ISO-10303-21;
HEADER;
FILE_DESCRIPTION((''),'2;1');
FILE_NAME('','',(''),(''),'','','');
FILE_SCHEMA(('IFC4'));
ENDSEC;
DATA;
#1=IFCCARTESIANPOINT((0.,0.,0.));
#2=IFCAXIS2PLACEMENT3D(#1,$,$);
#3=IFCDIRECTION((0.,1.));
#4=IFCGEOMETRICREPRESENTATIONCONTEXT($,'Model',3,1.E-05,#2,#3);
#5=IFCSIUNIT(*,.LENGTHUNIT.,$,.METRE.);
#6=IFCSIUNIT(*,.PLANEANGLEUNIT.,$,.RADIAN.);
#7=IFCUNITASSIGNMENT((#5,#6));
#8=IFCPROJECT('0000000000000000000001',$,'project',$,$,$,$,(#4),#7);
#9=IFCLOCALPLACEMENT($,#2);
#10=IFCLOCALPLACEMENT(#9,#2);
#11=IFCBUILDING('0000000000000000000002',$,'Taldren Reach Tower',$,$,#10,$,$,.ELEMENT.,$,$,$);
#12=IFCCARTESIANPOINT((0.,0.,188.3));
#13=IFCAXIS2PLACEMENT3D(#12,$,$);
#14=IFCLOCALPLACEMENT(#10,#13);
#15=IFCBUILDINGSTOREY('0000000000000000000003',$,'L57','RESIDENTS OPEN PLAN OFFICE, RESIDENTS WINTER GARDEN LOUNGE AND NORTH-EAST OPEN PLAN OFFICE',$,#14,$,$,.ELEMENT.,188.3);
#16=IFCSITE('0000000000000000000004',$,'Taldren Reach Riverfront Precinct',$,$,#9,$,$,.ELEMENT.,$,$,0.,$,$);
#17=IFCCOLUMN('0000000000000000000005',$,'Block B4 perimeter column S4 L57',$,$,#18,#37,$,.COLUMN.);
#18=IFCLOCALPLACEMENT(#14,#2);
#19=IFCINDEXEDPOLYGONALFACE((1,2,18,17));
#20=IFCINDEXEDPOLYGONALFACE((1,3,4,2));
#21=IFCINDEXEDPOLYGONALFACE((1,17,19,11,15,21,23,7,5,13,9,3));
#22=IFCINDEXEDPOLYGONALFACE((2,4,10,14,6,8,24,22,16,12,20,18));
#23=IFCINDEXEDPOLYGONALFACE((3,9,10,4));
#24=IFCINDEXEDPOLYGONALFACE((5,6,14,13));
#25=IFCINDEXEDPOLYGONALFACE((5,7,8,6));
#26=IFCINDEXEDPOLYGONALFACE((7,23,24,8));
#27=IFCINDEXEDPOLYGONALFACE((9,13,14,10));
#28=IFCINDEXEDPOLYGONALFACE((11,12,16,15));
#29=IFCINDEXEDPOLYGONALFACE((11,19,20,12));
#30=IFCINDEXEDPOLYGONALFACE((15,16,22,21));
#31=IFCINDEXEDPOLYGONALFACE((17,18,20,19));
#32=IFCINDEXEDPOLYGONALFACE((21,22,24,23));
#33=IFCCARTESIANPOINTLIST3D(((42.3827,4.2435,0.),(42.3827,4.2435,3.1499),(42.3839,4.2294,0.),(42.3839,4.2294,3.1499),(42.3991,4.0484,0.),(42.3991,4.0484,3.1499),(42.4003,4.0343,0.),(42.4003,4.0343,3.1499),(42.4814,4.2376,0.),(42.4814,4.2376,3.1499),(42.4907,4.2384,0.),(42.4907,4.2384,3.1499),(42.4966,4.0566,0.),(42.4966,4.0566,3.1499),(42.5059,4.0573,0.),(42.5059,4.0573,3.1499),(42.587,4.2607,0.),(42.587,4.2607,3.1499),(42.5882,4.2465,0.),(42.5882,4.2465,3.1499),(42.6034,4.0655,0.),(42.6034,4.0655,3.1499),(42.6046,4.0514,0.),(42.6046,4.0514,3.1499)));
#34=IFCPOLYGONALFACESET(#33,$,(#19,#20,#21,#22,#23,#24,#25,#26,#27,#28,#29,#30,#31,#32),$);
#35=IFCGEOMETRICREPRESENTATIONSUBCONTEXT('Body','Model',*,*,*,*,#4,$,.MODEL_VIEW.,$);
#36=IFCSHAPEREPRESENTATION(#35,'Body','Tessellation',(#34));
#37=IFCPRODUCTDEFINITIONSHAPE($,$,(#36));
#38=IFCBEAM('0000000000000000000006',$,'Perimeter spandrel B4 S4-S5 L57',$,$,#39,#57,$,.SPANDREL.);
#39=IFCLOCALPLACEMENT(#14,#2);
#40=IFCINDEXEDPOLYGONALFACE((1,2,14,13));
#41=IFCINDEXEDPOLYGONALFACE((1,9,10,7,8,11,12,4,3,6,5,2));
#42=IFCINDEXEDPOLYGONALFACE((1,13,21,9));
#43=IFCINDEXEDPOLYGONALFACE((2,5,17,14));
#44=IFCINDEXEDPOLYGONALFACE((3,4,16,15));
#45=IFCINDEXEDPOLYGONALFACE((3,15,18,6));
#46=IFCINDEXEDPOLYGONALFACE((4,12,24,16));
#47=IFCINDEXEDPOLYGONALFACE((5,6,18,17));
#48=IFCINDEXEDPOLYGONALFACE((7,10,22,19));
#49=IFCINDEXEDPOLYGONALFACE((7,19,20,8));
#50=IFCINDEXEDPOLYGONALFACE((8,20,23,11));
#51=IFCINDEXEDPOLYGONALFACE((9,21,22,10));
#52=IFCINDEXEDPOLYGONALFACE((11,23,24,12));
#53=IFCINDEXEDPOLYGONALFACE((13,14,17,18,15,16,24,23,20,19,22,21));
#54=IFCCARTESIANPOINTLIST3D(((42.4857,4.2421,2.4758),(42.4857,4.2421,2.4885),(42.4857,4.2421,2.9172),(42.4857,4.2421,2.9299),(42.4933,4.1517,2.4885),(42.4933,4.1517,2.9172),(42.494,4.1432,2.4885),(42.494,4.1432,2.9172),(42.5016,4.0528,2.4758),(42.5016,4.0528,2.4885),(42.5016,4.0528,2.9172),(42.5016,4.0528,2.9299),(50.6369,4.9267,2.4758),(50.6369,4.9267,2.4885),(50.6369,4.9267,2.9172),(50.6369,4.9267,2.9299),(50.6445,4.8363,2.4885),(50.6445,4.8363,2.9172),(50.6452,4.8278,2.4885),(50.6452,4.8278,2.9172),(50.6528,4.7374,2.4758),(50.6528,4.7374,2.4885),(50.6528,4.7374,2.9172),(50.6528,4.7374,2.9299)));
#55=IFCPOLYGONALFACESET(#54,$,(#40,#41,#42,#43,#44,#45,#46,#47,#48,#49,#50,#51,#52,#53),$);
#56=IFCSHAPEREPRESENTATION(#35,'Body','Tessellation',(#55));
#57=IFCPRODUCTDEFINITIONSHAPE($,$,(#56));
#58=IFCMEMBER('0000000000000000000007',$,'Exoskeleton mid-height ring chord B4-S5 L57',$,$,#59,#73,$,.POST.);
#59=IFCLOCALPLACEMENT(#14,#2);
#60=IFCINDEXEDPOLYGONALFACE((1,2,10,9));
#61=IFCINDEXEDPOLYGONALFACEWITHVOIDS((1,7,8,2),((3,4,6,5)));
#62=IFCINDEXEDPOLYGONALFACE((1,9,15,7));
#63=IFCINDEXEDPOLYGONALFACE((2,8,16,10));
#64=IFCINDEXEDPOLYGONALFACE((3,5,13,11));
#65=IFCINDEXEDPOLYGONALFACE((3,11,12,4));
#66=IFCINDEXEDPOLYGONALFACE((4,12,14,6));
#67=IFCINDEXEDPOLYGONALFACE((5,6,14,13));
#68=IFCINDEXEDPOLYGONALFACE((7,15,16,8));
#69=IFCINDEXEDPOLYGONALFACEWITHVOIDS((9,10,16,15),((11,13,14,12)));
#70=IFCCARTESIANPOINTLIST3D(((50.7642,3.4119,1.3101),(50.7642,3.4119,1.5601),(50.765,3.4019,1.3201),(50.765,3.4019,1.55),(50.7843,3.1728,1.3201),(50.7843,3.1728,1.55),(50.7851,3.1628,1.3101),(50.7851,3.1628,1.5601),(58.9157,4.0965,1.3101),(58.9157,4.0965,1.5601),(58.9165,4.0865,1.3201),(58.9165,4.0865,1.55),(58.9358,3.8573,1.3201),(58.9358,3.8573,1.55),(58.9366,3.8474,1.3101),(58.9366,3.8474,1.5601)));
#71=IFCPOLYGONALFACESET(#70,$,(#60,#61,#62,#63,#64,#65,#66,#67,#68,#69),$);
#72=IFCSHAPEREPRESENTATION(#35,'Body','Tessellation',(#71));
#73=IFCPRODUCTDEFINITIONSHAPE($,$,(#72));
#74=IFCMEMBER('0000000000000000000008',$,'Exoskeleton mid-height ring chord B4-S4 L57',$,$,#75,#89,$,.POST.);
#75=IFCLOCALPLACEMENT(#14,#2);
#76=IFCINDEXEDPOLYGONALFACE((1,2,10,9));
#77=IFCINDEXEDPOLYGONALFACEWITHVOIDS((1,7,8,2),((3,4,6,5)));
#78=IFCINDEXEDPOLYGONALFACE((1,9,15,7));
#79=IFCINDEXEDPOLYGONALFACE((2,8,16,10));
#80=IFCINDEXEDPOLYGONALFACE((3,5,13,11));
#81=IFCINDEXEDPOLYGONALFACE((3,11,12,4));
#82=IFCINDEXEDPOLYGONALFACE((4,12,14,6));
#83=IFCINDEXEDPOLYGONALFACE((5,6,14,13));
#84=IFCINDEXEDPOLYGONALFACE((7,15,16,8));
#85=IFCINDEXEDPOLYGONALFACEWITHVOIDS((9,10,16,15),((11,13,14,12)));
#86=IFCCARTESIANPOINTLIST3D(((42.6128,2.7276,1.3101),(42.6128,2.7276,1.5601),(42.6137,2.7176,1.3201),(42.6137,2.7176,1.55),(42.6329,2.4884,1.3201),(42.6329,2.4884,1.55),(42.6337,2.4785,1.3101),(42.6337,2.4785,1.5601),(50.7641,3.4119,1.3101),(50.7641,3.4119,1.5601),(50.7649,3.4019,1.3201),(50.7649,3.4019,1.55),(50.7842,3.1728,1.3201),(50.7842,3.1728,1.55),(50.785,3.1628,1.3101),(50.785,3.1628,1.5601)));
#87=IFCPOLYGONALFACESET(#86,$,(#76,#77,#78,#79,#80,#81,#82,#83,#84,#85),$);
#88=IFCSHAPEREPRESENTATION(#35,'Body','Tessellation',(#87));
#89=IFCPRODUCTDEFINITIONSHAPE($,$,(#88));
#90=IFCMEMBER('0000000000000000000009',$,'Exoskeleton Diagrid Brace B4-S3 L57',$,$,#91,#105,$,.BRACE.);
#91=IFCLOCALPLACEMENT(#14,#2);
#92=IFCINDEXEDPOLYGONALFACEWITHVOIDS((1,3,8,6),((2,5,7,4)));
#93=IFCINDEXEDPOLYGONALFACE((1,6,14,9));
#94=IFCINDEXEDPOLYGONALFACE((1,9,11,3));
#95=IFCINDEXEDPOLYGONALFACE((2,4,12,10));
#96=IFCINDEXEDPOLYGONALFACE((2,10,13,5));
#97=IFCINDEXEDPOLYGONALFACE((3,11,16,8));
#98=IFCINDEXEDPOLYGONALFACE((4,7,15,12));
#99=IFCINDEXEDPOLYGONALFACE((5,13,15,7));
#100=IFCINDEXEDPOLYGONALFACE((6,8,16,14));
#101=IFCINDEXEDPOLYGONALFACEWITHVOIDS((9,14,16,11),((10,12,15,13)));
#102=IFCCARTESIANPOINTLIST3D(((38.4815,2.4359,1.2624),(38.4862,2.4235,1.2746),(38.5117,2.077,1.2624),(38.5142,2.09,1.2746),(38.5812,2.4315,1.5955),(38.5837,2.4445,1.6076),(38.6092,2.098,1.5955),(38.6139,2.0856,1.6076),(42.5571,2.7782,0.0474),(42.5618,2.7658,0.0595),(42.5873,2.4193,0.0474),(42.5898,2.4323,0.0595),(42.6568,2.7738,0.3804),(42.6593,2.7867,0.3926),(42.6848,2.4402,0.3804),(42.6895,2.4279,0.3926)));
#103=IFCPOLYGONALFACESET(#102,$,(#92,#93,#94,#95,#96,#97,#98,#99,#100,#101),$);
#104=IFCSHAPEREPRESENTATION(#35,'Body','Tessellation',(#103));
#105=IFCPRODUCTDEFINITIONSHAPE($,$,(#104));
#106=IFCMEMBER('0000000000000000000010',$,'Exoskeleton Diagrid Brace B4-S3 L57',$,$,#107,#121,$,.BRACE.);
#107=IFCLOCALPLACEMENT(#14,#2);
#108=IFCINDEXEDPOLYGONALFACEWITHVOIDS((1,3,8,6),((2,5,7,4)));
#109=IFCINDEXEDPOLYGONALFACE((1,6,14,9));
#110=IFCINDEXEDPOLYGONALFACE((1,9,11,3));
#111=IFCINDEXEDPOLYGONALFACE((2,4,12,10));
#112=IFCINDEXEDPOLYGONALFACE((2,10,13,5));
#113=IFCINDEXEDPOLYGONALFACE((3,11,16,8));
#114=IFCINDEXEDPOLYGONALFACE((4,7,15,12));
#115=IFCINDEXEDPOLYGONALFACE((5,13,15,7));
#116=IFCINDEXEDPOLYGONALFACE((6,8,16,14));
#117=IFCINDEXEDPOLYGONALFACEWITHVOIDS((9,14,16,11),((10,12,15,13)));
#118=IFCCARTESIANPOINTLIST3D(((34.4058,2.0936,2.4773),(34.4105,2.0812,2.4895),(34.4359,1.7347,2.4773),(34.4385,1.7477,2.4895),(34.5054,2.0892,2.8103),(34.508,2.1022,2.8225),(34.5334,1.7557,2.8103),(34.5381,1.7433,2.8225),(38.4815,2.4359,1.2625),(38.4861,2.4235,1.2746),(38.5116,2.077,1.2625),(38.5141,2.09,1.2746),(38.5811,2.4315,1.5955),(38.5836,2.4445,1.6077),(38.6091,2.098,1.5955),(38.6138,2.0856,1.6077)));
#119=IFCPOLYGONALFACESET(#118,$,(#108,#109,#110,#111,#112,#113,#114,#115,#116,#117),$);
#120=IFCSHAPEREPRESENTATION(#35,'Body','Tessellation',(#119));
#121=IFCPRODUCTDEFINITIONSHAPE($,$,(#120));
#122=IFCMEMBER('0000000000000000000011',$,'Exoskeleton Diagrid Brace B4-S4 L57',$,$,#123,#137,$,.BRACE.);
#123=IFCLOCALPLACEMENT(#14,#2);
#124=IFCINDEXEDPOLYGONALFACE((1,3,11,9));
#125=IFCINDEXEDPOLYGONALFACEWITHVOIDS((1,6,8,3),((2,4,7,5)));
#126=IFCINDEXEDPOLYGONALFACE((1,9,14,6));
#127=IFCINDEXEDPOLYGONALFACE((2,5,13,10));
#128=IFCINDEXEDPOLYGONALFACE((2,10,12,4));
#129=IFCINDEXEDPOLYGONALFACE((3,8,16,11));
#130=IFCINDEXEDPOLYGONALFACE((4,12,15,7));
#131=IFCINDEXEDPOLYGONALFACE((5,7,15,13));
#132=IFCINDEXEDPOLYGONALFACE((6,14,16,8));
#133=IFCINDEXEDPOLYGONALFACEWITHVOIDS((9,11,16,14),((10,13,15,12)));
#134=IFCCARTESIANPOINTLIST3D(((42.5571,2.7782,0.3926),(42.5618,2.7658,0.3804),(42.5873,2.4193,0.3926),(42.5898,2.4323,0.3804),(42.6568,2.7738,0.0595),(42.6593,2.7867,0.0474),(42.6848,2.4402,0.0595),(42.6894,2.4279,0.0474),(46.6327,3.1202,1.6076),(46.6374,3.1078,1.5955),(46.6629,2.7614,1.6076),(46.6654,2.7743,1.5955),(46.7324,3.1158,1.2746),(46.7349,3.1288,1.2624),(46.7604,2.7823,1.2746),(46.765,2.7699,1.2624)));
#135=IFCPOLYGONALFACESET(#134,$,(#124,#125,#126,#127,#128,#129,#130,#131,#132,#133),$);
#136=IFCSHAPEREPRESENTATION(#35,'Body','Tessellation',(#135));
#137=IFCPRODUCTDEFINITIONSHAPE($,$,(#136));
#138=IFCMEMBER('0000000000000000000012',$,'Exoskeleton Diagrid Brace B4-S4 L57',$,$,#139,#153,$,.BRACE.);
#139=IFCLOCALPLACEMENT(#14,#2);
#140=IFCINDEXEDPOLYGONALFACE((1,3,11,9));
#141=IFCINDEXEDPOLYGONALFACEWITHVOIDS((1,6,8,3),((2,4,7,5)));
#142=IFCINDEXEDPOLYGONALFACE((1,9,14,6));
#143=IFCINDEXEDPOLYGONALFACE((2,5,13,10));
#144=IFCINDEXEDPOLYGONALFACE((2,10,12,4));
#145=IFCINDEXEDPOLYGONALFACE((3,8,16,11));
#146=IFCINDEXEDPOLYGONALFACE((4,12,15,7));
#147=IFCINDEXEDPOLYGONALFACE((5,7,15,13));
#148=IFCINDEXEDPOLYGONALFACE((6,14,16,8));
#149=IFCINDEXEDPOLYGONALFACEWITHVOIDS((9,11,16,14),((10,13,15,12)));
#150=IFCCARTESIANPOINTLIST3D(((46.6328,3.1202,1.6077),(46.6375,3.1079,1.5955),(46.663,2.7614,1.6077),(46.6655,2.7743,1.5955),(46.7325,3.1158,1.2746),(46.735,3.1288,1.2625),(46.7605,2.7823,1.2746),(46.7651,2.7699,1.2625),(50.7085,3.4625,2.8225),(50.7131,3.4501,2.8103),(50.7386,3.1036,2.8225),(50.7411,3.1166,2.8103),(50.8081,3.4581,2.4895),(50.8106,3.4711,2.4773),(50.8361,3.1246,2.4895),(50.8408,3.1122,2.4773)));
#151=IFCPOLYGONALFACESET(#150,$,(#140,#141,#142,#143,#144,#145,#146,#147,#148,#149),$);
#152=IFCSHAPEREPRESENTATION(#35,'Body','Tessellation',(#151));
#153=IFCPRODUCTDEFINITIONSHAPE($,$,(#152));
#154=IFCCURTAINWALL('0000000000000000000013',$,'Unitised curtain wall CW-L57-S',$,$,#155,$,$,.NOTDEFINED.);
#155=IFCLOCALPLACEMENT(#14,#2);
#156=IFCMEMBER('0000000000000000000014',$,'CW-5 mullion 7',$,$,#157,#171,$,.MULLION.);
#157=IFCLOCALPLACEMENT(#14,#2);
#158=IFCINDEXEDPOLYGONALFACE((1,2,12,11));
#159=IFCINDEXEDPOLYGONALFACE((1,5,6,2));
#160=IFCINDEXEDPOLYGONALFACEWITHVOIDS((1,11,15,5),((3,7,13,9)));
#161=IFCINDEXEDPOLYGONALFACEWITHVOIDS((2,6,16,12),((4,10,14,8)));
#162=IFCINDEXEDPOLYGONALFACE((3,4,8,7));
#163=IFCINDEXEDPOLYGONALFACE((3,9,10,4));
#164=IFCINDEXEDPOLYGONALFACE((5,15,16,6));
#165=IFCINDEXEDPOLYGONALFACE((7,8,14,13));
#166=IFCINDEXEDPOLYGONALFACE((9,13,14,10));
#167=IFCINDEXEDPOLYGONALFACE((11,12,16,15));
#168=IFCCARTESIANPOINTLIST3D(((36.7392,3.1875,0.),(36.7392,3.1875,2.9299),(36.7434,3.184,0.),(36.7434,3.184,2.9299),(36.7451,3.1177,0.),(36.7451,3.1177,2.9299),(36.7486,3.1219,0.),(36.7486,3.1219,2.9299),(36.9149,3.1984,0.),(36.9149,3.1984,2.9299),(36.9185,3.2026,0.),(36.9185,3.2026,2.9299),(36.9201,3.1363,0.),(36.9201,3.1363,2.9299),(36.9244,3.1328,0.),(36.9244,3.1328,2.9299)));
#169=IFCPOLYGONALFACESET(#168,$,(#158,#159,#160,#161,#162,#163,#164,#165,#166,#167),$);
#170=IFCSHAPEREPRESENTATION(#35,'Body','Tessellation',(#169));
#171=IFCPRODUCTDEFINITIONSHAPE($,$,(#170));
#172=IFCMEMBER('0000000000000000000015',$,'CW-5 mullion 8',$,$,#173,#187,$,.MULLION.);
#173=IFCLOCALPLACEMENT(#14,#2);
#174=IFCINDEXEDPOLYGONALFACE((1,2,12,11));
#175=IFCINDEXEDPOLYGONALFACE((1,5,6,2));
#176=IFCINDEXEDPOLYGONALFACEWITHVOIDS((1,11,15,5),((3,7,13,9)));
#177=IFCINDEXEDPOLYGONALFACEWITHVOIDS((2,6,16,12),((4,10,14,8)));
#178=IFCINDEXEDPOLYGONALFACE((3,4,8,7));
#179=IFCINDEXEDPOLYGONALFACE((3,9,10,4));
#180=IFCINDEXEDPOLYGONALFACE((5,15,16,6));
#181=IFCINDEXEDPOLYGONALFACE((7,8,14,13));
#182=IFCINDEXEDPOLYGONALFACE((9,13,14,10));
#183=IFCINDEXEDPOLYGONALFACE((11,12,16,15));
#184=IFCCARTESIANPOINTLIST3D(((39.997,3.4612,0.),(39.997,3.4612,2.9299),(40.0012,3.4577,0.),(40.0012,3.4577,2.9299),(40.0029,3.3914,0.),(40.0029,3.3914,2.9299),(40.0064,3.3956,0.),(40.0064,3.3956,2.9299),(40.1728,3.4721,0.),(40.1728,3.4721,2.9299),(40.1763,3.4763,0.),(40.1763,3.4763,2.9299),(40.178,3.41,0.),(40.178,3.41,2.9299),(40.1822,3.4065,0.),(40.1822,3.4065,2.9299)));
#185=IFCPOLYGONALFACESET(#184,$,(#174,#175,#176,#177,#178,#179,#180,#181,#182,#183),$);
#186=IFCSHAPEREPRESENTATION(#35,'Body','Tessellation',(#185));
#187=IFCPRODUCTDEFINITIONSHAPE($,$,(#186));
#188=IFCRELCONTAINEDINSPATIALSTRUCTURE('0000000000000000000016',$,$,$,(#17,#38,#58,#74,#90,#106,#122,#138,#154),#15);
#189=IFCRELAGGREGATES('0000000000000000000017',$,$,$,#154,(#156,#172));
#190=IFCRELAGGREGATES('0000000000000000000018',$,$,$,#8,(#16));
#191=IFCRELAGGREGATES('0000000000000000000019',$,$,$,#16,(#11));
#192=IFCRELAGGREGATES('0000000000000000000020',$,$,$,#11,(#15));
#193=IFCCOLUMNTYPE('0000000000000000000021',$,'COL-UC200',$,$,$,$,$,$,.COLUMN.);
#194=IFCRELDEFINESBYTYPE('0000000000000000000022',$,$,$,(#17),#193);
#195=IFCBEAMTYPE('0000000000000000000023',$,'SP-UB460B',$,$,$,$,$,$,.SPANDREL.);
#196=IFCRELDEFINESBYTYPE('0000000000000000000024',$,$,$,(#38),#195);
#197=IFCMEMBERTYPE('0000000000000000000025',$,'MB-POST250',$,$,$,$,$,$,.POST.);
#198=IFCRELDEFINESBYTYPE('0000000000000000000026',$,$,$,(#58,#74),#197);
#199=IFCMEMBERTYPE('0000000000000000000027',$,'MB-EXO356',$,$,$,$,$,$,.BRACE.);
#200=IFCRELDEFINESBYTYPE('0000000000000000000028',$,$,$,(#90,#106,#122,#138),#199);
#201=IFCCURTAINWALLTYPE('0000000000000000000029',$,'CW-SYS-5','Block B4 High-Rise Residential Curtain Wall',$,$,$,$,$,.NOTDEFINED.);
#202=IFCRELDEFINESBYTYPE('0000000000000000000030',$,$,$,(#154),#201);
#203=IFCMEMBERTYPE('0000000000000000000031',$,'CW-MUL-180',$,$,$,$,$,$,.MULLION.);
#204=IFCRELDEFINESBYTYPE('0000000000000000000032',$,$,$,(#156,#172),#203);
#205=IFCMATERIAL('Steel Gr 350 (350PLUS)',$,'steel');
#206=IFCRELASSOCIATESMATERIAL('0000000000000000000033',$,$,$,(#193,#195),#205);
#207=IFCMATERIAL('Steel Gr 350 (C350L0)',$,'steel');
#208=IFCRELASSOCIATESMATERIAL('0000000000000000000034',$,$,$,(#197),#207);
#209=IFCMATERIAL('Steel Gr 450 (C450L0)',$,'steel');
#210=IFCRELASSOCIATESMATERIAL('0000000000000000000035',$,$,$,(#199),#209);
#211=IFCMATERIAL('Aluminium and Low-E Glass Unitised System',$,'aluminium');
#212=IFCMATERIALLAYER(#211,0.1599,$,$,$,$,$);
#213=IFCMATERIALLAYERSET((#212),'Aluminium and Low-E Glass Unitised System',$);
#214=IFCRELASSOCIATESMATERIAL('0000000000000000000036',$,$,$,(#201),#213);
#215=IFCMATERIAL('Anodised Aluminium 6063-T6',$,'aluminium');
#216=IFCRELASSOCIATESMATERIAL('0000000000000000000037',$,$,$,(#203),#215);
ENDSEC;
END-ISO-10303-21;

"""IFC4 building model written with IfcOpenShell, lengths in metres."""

from ifc_helpers import new_model, si_unit, direction, frame, origin, origin_2d, place, context, subcontext, project, spatial, hollow_rectangle, i_section, extrude, source, transform, mapped, material, layer, layer_set, material_profile, profile_set, type_object, element, aggregate, save


model = new_model("IFC4")

# Units and contexts
model_context = context("Model", 3, precision=1e-05, world=origin(), true_north=direction((0.0, 1.0)))
body_context = subcontext(model_context, "Body", "Model", "MODEL_VIEW")
ifc_project = project(units=[si_unit("LENGTHUNIT", "METRE"), si_unit("PLANEANGLEUNIT", "RADIAN")], contexts=[model_context])

# Site, building, storey
site_placement = place(None, origin())
site = spatial("IfcSite", under=ifc_project, at=site_placement, Name="Taldren Reach Riverfront Precinct", CompositionType="ELEMENT", RefElevation=0.0)
building_placement = place(site_placement, origin())
building = spatial("IfcBuilding", under=site, at=building_placement, Name="Taldren Reach Tower", CompositionType="ELEMENT")
storey_placement = place(building_placement, frame((0.0, 0.0, 188.3)))
storey = spatial("IfcBuildingStorey", under=building, at=storey_placement, Name="L57", Description="RESIDENTS OPEN PLAN OFFICE, RESIDENTS WINTER GARDEN LOUNGE AND NORTH-EAST OPEN PLAN OFFICE", CompositionType="ELEMENT", Elevation=188.3)

# Column
ifc_material_1 = material(Name="Steel Gr 350 (350PLUS)", Category="steel")
ifc_material_profile_1 = material_profile(ifc_material_1, i_section(OverallWidth=0.2051, OverallDepth=0.21, WebThickness=0.0093, FlangeThickness=0.0142, at=origin_2d()), Name="200UC59.5")
ifc_profile_set_1 = profile_set([ifc_material_profile_1], Name="Steel Gr 350 (350PLUS)")
column_type = type_object("IfcColumnType", Name="COL-UC200", PredefinedType="COLUMN", material=ifc_profile_set_1)
shared_shape_1 = source(origin(), body_context, "Body", "SweptSolid", [
    extrude(i_section(OverallWidth=0.2051, OverallDepth=0.21, WebThickness=0.0093, FlangeThickness=0.0142, at=origin_2d()), origin(), (0.0, 0.0, 1.0), 3.1499),
])
column_placement = place(storey_placement, frame((42.4937, 4.1475, 0.0), z_axis=(0.0, 0.0, 1.0), x_axis=(0.996493, 0.083678, 0.0)))
element("IfcColumn", 1, at=column_placement, inside=storey, type_object=column_type, Name="Block B4 perimeter column S4 L57", PredefinedType="COLUMN", context=body_context, shape_type="MappedRepresentation", body=[
    mapped(shared_shape_1, transform((0.0, 0.0, 0.0), scale=1.0)),
])

# Beam
ifc_material_profile_2 = material_profile(ifc_material_1, i_section(OverallWidth=0.1899, OverallDepth=0.4541, WebThickness=0.0085, FlangeThickness=0.0127, at=origin_2d()), Name="460UB67.1")
ifc_profile_set_2 = profile_set([ifc_material_profile_2], Name="Steel Gr 350 (350PLUS)")
beam_type = type_object("IfcBeamType", Name="SP-UB460B", PredefinedType="SPANDREL", material=ifc_profile_set_2)
shared_shape_2 = source(origin(), body_context, "Body", "SweptSolid", [
    extrude(i_section(OverallWidth=0.1899, OverallDepth=0.4541, WebThickness=0.0085, FlangeThickness=0.0127, at=origin_2d()), origin(), (0.0, 0.0, 1.0), 8.1799),
])
beam_placement = place(storey_placement, frame((42.4937, 4.1475, 2.7029), z_axis=(0.996492, 0.08369, 0.0), x_axis=(-0.08369, 0.996492, 0.0)))
element("IfcBeam", 2, at=beam_placement, inside=storey, type_object=beam_type, Name="Perimeter spandrel B4 S4-S5 L57", PredefinedType="SPANDREL", context=body_context, shape_type="MappedRepresentation", body=[
    mapped(shared_shape_2, transform((0.0, 0.0, 0.0), scale=1.0)),
])

# Members
ifc_material_2 = material(Name="Steel Gr 350 (C350L0)", Category="steel")
ifc_material_profile_3 = material_profile(ifc_material_2, hollow_rectangle(XDim=0.25, YDim=0.25, WallThickness=0.01, at=origin_2d()), Name="250x250x10.0SHS")
ifc_profile_set_3 = profile_set([ifc_material_profile_3], Name="Steel Gr 350 (C350L0)")
member_type_1 = type_object("IfcMemberType", Name="MB-POST250", PredefinedType="POST", material=ifc_profile_set_3)
shared_shape_3 = source(origin(), body_context, "Body", "SweptSolid", [
    extrude(hollow_rectangle(XDim=0.25, YDim=0.25, WallThickness=0.01, at=origin_2d()), origin(), (0.0, 0.0, 1.0), 8.1802),
])
member_1_placement = place(storey_placement, frame((50.7747, 3.2874, 1.4351), z_axis=(0.996492, 0.083688, 0.0), x_axis=(-0.083688, 0.996492, 0.0)))
element("IfcMember", 3, at=member_1_placement, inside=storey, type_object=member_type_1, Name="Exoskeleton mid-height ring chord B4-S5 L57", PredefinedType="POST", context=body_context, shape_type="MappedRepresentation", body=[
    mapped(shared_shape_3, transform((0.0, 0.0, 0.0), scale=1.0)),
])
shared_shape_4 = source(origin(), body_context, "Body", "SweptSolid", [
    extrude(hollow_rectangle(XDim=0.25, YDim=0.25, WallThickness=0.01, at=origin_2d()), origin(), (0.0, 0.0, 1.0), 8.1799),
])
member_2_placement = place(storey_placement, frame((42.6233, 2.603, 1.4351), z_axis=(0.996495, 0.083658, 0.0), x_axis=(-0.083658, 0.996495, 0.0)))
element("IfcMember", 4, at=member_2_placement, inside=storey, type_object=member_type_1, Name="Exoskeleton mid-height ring chord B4-S4 L57", PredefinedType="POST", context=body_context, shape_type="MappedRepresentation", body=[
    mapped(shared_shape_4, transform((0.0, 0.0, 0.0), scale=1.0)),
])
ifc_material_3 = material(Name="Steel Gr 450 (C450L0)", Category="steel")
ifc_material_profile_4 = material_profile(ifc_material_3, hollow_rectangle(XDim=0.3601, YDim=0.3601, WallThickness=0.0127, at=origin_2d()), Name="360x360x12.7SHS")
ifc_profile_set_4 = profile_set([ifc_material_profile_4], Name="Steel Gr 450 (C450L0)")
member_type_2 = type_object("IfcMemberType", Name="MB-EXO356", PredefinedType="BRACE", material=ifc_profile_set_4)
shared_shape_5 = source(origin(), body_context, "Body", "SweptSolid", [
    extrude(hollow_rectangle(XDim=0.3601, YDim=0.3601, WallThickness=0.0127, at=origin_2d()), origin(), (0.0, 0.0, 1.0), 4.2666),
])
for number, where, z_axis, x_axis, name in (
    (5, (42.6233, 2.603, 0.22), (-0.955229, -0.080222, 0.284783), (0.083688, -0.996492, 0.0), "Exoskeleton Diagrid Brace B4-S3 L57"),
    (6, (38.5476, 2.2607, 1.4351), (-0.955245, -0.080224, 0.284731), (0.083688, -0.996492, 0.0), "Exoskeleton Diagrid Brace B4-S3 L57"),
    (7, (42.6233, 2.603, 0.22), (0.955234, 0.080165, 0.284785), (-0.083628, 0.996497, 0.0), "Exoskeleton Diagrid Brace B4-S4 L57"),
    (8, (46.699, 2.9451, 1.4351), (0.955245, 0.080224, 0.284731), (-0.083688, 0.996492, 0.0), "Exoskeleton Diagrid Brace B4-S4 L57"),
):
    element("IfcMember", number, at=place(storey_placement, frame(where, z_axis=z_axis, x_axis=x_axis)), inside=storey, type_object=member_type_2, Name=name, PredefinedType="BRACE", context=body_context, shape_type="MappedRepresentation", body=[
        mapped(shared_shape_5, transform((0.0, 0.0, 0.0), scale=1.0)),
    ])

# Curtain wall, members
ifc_material_4 = material(Name="Aluminium and Low-E Glass Unitised System", Category="aluminium")
ifc_layer_1 = layer(ifc_material_4, 0.1599)
ifc_layer_set_1 = layer_set([ifc_layer_1], Name="Aluminium and Low-E Glass Unitised System")
curtain_wall_type = type_object("IfcCurtainWallType", Name="CW-SYS-5", Description="Block B4 High-Rise Residential Curtain Wall", PredefinedType="NOTDEFINED", material=ifc_layer_set_1)
curtain_wall_placement = place(storey_placement, origin())
curtain_wall = element("IfcCurtainWall", 9, at=curtain_wall_placement, inside=storey, type_object=curtain_wall_type, Name="Unitised curtain wall CW-L57-S", PredefinedType="NOTDEFINED")
ifc_material_5 = material(Name="Anodised Aluminium 6063-T6", Category="aluminium")
ifc_material_profile_5 = material_profile(ifc_material_5, hollow_rectangle(XDim=0.0701, YDim=0.1799, WallThickness=0.0039, at=origin_2d()), Name="ALU-180x70x4RHS")
ifc_profile_set_5 = profile_set([ifc_material_profile_5], Name="Anodised Aluminium 6063-T6")
member_type_3 = type_object("IfcMemberType", Name="CW-MUL-180", PredefinedType="MULLION", material=ifc_profile_set_5)
shared_shape_6 = source(origin(), body_context, "Body", "SweptSolid", [
    extrude(hollow_rectangle(XDim=0.0701, YDim=0.1799, WallThickness=0.0039, at=origin_2d()), origin(), (0.0, 0.0, 1.0), 2.9299),
])
member_3_placement = place(storey_placement, frame((36.8318, 3.1602, 0.0), z_axis=(0.0, 0.0, 1.0), x_axis=(-0.083678, 0.996493, 0.0)))
member_3 = element("IfcMember", 10, at=member_3_placement, type_object=member_type_3, Name="CW-5 mullion 7", PredefinedType="MULLION", context=body_context, shape_type="MappedRepresentation", body=[
    mapped(shared_shape_6, transform((0.0, 0.0, 0.0), scale=1.0)),
])
member_4_placement = place(storey_placement, frame((40.0896, 3.4338, 0.0), z_axis=(0.0, 0.0, 1.0), x_axis=(-0.083678, 0.996493, 0.0)))
member_4 = element("IfcMember", 11, at=member_4_placement, type_object=member_type_3, Name="CW-5 mullion 8", PredefinedType="MULLION", context=body_context, shape_type="MappedRepresentation", body=[
    mapped(shared_shape_6, transform((0.0, 0.0, 0.0), scale=1.0)),
])

aggregate(curtain_wall, [member_3, member_4])

save(model, "model.ifc")
